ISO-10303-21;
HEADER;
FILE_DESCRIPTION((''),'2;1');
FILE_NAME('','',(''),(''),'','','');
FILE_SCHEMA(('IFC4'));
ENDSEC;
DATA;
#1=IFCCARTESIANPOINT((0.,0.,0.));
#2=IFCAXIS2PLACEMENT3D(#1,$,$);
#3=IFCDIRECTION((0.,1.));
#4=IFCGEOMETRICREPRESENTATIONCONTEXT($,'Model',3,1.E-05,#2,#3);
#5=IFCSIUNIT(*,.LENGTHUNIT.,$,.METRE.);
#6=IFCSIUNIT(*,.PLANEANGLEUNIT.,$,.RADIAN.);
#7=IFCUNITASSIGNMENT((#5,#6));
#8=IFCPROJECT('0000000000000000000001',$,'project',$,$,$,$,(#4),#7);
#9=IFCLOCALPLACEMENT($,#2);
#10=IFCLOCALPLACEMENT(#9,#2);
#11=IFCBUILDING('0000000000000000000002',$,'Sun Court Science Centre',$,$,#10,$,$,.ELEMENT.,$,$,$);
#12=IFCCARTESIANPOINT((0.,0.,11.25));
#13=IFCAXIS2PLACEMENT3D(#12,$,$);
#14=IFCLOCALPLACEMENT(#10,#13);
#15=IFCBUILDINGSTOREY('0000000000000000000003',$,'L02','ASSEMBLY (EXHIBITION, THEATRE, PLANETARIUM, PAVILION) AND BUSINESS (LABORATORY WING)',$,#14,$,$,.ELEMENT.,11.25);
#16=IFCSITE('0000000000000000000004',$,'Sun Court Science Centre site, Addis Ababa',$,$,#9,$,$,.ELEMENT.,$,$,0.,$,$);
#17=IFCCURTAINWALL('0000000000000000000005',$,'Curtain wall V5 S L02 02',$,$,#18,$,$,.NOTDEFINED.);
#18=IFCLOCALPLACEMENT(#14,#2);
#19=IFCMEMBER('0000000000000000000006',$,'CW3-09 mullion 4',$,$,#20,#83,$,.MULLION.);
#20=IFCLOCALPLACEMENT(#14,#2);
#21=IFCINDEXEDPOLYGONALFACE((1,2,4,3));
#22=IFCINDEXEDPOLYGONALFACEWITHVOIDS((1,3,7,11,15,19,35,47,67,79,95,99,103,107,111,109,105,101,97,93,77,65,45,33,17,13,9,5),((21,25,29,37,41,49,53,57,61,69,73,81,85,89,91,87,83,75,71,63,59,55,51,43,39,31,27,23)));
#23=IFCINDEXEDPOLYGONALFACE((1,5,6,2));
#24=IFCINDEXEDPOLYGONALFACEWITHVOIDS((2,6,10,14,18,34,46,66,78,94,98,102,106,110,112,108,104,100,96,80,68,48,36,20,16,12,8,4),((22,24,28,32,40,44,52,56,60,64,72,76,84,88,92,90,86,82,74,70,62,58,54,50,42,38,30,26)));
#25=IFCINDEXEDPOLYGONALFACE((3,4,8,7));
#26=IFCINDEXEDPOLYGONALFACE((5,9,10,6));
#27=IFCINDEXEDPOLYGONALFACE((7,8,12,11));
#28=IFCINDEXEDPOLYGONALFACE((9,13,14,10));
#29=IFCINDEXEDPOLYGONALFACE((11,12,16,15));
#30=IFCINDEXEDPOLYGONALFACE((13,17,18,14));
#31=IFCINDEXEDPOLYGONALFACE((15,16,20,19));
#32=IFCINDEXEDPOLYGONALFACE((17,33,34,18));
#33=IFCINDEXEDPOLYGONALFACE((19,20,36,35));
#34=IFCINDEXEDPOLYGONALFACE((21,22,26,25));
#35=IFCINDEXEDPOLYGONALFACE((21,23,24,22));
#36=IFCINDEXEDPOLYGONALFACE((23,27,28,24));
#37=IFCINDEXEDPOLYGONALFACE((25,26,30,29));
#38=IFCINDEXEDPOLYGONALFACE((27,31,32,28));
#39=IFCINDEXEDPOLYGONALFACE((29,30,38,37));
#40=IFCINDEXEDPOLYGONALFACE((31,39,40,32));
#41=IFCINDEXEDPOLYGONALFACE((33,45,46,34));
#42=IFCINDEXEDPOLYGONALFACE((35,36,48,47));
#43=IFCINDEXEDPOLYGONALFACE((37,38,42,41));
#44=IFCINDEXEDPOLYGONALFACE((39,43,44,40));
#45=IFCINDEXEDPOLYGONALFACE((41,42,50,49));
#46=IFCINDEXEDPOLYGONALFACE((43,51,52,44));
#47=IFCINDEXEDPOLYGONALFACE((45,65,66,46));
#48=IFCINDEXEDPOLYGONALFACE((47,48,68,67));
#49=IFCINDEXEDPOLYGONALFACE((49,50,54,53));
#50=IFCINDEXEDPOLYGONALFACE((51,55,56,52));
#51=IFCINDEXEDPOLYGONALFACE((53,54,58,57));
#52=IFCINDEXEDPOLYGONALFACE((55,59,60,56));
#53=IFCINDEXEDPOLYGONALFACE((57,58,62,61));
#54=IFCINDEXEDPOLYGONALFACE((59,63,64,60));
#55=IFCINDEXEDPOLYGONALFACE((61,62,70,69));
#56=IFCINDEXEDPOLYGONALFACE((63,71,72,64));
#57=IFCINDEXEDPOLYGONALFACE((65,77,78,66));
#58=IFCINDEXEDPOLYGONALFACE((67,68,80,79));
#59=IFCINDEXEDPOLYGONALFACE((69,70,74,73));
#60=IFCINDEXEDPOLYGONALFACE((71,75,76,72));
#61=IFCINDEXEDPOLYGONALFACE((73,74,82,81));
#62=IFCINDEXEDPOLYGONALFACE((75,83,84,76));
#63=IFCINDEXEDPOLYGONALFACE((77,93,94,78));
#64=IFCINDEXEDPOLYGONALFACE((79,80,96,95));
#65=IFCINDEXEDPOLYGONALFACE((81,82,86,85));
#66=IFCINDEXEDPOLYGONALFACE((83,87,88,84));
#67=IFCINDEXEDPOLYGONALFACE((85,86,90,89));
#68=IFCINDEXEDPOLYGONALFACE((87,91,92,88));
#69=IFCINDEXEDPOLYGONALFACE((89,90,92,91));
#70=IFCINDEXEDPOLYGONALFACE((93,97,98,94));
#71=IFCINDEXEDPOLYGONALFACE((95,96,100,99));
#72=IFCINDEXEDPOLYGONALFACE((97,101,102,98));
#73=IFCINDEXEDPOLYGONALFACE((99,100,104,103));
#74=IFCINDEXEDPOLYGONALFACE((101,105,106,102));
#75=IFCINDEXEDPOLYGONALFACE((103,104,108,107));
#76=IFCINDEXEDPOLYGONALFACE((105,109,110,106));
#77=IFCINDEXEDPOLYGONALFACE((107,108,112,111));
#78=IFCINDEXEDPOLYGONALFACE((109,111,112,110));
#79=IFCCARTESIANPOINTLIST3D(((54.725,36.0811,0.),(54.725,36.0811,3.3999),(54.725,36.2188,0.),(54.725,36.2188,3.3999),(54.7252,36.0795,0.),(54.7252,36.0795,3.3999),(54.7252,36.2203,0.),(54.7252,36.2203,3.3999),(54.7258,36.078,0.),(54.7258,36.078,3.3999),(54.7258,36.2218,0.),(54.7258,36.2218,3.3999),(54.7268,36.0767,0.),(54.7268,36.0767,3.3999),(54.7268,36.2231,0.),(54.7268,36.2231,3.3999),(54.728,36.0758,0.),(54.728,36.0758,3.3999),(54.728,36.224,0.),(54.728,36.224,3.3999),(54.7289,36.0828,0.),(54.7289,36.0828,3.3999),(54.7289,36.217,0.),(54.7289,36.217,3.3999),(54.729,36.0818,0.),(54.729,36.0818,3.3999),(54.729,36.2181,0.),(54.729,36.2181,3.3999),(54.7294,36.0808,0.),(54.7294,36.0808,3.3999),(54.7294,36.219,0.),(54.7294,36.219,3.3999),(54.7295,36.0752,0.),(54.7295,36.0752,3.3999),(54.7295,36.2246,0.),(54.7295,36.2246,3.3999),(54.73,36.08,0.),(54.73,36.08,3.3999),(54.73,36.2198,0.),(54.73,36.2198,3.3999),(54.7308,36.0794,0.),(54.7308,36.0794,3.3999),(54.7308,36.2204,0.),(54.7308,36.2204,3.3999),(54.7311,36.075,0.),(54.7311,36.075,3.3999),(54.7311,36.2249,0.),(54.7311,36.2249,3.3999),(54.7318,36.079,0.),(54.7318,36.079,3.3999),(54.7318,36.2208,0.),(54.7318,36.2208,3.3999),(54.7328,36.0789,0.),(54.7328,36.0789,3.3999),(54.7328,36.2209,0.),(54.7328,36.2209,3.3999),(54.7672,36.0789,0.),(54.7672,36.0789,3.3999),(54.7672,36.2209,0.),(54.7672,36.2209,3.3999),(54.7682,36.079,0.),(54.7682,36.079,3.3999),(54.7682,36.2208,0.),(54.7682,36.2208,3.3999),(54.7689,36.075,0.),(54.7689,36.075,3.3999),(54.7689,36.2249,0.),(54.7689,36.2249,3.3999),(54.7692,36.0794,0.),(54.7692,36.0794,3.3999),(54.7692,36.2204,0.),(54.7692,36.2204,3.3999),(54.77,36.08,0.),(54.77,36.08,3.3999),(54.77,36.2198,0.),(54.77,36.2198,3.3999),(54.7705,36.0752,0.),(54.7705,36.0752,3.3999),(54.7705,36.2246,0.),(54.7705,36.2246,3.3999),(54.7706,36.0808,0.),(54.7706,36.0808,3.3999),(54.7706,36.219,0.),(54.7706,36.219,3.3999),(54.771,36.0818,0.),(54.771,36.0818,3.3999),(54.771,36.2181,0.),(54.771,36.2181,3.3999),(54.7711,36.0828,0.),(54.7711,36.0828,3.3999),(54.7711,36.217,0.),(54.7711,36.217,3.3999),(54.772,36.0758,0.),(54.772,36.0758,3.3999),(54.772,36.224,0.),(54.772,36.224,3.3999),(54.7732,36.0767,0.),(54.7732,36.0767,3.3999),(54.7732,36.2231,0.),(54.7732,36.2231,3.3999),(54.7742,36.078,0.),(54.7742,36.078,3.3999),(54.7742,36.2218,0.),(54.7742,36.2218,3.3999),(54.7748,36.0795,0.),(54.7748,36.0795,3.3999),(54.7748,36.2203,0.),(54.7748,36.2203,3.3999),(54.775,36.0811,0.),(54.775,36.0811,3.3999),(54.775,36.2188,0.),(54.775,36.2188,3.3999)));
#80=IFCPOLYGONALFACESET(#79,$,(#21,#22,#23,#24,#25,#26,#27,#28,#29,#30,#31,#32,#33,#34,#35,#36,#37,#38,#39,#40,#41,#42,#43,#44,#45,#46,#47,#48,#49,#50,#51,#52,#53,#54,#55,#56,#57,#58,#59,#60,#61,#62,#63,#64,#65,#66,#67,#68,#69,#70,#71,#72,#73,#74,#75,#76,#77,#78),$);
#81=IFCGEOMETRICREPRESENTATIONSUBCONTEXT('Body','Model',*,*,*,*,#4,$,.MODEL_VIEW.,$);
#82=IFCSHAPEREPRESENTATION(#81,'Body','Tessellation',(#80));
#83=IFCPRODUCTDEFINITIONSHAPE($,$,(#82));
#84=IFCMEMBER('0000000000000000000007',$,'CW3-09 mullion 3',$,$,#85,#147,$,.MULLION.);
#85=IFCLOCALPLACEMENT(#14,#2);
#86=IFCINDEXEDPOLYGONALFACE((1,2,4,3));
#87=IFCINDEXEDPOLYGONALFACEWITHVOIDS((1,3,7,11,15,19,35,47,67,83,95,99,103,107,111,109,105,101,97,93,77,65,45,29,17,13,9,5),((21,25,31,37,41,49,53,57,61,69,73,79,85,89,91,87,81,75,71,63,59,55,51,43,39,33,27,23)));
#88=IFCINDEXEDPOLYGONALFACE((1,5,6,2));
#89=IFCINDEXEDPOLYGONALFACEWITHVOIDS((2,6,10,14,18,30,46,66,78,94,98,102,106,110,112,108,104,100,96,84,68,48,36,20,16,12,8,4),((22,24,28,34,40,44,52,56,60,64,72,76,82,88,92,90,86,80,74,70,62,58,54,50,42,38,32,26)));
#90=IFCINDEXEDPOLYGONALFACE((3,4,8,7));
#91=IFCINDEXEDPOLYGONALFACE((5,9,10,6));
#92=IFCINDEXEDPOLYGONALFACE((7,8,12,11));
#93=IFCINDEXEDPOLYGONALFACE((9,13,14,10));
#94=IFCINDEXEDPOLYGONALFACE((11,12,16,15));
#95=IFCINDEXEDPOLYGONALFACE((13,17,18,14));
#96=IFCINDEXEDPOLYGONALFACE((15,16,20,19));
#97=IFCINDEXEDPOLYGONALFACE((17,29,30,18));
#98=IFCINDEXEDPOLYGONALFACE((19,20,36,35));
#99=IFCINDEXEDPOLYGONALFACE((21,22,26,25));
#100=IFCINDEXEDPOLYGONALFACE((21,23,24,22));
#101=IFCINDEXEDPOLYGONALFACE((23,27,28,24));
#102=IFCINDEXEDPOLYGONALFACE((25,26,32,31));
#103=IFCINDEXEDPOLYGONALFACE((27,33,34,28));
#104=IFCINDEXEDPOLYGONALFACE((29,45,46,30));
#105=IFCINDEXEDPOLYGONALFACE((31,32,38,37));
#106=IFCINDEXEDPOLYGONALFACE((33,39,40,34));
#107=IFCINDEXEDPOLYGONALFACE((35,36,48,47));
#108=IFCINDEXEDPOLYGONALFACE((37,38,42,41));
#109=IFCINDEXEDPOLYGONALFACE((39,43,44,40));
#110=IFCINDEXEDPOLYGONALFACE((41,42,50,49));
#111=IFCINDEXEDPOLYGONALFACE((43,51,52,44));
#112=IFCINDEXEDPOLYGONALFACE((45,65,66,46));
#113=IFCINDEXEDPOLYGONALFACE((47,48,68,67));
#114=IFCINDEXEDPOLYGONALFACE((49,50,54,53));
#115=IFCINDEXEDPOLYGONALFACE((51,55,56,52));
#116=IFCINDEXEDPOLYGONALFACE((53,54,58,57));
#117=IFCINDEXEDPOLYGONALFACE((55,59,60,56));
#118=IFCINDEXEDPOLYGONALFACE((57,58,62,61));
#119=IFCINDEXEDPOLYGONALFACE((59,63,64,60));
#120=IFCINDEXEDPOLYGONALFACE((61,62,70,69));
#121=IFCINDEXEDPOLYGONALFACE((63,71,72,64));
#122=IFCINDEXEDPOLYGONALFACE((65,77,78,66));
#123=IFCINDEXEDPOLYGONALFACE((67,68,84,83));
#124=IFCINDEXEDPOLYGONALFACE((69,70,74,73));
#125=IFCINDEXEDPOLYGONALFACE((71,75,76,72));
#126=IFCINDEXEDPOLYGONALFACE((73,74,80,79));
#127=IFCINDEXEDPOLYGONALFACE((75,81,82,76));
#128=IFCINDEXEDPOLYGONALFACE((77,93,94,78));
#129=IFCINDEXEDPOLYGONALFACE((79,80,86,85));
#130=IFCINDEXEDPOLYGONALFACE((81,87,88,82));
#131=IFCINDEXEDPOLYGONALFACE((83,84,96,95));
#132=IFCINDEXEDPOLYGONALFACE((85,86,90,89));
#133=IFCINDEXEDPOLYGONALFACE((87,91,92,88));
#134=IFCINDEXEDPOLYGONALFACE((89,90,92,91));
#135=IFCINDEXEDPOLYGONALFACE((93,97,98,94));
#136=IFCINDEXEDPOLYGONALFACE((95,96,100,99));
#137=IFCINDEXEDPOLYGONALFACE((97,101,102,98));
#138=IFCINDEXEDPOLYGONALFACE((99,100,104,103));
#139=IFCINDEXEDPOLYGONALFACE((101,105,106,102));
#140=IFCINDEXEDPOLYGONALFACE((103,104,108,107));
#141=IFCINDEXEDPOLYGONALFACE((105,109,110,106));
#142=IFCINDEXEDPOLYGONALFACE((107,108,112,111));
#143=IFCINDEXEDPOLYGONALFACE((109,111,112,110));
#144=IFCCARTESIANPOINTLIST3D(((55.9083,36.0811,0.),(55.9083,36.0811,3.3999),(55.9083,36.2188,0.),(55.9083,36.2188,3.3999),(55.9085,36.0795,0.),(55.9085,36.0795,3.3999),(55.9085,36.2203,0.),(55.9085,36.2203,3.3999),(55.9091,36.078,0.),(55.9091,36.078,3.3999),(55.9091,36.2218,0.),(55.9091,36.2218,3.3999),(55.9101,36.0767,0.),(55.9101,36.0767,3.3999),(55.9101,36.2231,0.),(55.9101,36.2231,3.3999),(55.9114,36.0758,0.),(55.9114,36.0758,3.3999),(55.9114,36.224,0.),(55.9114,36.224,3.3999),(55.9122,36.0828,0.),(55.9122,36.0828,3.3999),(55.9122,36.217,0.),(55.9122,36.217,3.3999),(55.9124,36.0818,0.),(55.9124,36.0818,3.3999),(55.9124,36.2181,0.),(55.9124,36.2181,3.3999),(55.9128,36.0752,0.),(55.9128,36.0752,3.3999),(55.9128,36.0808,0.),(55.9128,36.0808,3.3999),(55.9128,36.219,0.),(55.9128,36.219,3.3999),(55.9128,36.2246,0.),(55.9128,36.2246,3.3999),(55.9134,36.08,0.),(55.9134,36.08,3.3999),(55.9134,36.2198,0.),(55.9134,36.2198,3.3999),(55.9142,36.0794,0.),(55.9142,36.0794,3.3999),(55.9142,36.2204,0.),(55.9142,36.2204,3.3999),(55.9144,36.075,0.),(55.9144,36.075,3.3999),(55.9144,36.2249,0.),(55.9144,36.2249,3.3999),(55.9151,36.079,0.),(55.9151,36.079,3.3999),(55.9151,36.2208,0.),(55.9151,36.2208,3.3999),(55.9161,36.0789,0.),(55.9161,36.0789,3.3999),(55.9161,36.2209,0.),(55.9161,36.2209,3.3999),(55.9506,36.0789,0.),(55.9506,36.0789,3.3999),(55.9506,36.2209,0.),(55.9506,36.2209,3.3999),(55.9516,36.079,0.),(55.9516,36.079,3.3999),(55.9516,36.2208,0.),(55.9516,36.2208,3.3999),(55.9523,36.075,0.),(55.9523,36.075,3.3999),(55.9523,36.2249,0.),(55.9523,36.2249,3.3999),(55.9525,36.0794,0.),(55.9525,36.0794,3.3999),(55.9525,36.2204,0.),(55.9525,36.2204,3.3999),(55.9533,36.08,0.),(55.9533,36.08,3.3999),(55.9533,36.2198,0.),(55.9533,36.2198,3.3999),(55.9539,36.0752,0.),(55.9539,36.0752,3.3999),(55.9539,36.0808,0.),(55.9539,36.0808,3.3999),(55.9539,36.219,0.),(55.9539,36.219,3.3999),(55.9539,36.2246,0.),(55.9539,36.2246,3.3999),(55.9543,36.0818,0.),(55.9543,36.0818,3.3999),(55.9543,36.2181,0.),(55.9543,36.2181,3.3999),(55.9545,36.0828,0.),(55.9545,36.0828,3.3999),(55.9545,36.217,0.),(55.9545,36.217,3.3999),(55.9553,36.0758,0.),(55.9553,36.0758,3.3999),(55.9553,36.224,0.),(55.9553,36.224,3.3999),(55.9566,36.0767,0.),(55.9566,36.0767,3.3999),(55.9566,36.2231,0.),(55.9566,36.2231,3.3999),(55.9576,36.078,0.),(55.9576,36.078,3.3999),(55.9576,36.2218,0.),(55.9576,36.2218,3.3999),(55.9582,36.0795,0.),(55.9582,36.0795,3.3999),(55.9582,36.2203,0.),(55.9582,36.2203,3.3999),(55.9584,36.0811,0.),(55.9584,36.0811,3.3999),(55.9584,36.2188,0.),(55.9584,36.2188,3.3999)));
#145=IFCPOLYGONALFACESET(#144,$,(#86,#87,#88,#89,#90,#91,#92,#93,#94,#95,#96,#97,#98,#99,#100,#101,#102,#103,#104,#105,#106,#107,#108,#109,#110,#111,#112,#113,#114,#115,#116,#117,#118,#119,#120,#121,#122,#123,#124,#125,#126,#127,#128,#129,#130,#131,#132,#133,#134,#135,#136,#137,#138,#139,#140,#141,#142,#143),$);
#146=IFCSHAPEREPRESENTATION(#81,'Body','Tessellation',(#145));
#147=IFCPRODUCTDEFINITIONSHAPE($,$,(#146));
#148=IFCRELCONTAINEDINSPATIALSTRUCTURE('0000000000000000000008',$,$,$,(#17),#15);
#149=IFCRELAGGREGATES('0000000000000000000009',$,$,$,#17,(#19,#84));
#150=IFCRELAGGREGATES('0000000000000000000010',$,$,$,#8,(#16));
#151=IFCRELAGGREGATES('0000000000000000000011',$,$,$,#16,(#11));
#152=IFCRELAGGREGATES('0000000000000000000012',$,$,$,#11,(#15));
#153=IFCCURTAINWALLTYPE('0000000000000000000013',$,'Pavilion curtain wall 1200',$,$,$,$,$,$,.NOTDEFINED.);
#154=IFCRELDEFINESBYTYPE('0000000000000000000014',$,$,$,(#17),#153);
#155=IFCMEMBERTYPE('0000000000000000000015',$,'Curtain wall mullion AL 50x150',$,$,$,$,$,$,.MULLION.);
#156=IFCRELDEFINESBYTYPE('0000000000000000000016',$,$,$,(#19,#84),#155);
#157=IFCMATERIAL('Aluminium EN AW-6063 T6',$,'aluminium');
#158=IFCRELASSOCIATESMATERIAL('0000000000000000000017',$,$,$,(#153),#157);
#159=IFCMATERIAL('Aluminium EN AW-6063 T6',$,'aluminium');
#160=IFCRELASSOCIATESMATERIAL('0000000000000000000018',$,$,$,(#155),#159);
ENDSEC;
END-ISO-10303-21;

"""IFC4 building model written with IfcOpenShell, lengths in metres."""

from ifc_helpers import new_model, si_unit, direction, frame, origin, origin_2d, place, context, subcontext, project, spatial, hollow_rectangle, extrude, material, material_profile, profile_set, type_object, element, aggregate, save


model = new_model("IFC4")

# Units and contexts
model_context = context("Model", 3, precision=1e-05, world=origin(), true_north=direction((0.0, 1.0)))
body_context = subcontext(model_context, "Body", "Model", "MODEL_VIEW")
ifc_project = project(units=[si_unit("LENGTHUNIT", "METRE"), si_unit("PLANEANGLEUNIT", "RADIAN")], contexts=[model_context])

# Site, building, storey
site_placement = place(None, origin())
site = spatial("IfcSite", under=ifc_project, at=site_placement, Name="Sun Court Science Centre site, Addis Ababa", CompositionType="ELEMENT", RefElevation=0.0)
building_placement = place(site_placement, origin())
building = spatial("IfcBuilding", under=site, at=building_placement, Name="Sun Court Science Centre", CompositionType="ELEMENT")
storey_placement = place(building_placement, frame((0.0, 0.0, 11.25)))
storey = spatial("IfcBuildingStorey", under=building, at=storey_placement, Name="L02", Description="ASSEMBLY (EXHIBITION, THEATRE, PLANETARIUM, PAVILION) AND BUSINESS (LABORATORY WING)", CompositionType="ELEMENT", Elevation=11.25)

# Curtain wall, members
ifc_material_1 = material(Name="Aluminium EN AW-6063 T6", Category="aluminium")
curtain_wall_type = type_object("IfcCurtainWallType", Name="Pavilion curtain wall 1200", PredefinedType="NOTDEFINED", material=ifc_material_1)
curtain_wall_placement = place(storey_placement, origin())
curtain_wall = element("IfcCurtainWall", 1, at=curtain_wall_placement, inside=storey, type_object=curtain_wall_type, Name="Curtain wall V5 S L02 02", PredefinedType="NOTDEFINED")
ifc_material_2 = material(Name="Aluminium EN AW-6063 T6", Category="aluminium")
ifc_material_profile_1 = material_profile(ifc_material_2, hollow_rectangle(XDim=0.05, YDim=0.1499, WallThickness=0.0039, InnerFilletRadius=0.0039, OuterFilletRadius=0.0061, at=origin_2d()), Name="AL 50x150x4")
ifc_profile_set_1 = profile_set([ifc_material_profile_1], Name="Aluminium EN AW-6063 T6")
member_type_1 = type_object("IfcMemberType", Name="Curtain wall mullion AL 50x150", PredefinedType="MULLION", material=ifc_profile_set_1)
member_1_placement = place(storey_placement, frame((54.75, 36.1499, 0.0), z_axis=(0.0, 0.0, 1.0), x_axis=(-1.0, 0.0, 0.0)))
member_1 = element("IfcMember", 2, at=member_1_placement, type_object=member_type_1, Name="CW3-09 mullion 4", PredefinedType="MULLION", context=body_context, shape_type="SweptSolid", body=[
    extrude(hollow_rectangle(XDim=0.05, YDim=0.1499, WallThickness=0.0039, InnerFilletRadius=0.0039, OuterFilletRadius=0.0061, at=origin_2d()), origin(), (0.0, 0.0, 1.0), 3.3999),
])
member_2_placement = place(storey_placement, frame((55.9333, 36.1499, 0.0), z_axis=(0.0, 0.0, 1.0), x_axis=(-1.0, 0.0, 0.0)))
member_2 = element("IfcMember", 3, at=member_2_placement, type_object=member_type_1, Name="CW3-09 mullion 3", PredefinedType="MULLION", context=body_context, shape_type="SweptSolid", body=[
    extrude(hollow_rectangle(XDim=0.05, YDim=0.1499, WallThickness=0.0039, InnerFilletRadius=0.0039, OuterFilletRadius=0.0061, at=origin_2d()), origin(), (0.0, 0.0, 1.0), 3.3999),
])
aggregate(curtain_wall, [member_1, member_2])

save(model, "model.ifc")
